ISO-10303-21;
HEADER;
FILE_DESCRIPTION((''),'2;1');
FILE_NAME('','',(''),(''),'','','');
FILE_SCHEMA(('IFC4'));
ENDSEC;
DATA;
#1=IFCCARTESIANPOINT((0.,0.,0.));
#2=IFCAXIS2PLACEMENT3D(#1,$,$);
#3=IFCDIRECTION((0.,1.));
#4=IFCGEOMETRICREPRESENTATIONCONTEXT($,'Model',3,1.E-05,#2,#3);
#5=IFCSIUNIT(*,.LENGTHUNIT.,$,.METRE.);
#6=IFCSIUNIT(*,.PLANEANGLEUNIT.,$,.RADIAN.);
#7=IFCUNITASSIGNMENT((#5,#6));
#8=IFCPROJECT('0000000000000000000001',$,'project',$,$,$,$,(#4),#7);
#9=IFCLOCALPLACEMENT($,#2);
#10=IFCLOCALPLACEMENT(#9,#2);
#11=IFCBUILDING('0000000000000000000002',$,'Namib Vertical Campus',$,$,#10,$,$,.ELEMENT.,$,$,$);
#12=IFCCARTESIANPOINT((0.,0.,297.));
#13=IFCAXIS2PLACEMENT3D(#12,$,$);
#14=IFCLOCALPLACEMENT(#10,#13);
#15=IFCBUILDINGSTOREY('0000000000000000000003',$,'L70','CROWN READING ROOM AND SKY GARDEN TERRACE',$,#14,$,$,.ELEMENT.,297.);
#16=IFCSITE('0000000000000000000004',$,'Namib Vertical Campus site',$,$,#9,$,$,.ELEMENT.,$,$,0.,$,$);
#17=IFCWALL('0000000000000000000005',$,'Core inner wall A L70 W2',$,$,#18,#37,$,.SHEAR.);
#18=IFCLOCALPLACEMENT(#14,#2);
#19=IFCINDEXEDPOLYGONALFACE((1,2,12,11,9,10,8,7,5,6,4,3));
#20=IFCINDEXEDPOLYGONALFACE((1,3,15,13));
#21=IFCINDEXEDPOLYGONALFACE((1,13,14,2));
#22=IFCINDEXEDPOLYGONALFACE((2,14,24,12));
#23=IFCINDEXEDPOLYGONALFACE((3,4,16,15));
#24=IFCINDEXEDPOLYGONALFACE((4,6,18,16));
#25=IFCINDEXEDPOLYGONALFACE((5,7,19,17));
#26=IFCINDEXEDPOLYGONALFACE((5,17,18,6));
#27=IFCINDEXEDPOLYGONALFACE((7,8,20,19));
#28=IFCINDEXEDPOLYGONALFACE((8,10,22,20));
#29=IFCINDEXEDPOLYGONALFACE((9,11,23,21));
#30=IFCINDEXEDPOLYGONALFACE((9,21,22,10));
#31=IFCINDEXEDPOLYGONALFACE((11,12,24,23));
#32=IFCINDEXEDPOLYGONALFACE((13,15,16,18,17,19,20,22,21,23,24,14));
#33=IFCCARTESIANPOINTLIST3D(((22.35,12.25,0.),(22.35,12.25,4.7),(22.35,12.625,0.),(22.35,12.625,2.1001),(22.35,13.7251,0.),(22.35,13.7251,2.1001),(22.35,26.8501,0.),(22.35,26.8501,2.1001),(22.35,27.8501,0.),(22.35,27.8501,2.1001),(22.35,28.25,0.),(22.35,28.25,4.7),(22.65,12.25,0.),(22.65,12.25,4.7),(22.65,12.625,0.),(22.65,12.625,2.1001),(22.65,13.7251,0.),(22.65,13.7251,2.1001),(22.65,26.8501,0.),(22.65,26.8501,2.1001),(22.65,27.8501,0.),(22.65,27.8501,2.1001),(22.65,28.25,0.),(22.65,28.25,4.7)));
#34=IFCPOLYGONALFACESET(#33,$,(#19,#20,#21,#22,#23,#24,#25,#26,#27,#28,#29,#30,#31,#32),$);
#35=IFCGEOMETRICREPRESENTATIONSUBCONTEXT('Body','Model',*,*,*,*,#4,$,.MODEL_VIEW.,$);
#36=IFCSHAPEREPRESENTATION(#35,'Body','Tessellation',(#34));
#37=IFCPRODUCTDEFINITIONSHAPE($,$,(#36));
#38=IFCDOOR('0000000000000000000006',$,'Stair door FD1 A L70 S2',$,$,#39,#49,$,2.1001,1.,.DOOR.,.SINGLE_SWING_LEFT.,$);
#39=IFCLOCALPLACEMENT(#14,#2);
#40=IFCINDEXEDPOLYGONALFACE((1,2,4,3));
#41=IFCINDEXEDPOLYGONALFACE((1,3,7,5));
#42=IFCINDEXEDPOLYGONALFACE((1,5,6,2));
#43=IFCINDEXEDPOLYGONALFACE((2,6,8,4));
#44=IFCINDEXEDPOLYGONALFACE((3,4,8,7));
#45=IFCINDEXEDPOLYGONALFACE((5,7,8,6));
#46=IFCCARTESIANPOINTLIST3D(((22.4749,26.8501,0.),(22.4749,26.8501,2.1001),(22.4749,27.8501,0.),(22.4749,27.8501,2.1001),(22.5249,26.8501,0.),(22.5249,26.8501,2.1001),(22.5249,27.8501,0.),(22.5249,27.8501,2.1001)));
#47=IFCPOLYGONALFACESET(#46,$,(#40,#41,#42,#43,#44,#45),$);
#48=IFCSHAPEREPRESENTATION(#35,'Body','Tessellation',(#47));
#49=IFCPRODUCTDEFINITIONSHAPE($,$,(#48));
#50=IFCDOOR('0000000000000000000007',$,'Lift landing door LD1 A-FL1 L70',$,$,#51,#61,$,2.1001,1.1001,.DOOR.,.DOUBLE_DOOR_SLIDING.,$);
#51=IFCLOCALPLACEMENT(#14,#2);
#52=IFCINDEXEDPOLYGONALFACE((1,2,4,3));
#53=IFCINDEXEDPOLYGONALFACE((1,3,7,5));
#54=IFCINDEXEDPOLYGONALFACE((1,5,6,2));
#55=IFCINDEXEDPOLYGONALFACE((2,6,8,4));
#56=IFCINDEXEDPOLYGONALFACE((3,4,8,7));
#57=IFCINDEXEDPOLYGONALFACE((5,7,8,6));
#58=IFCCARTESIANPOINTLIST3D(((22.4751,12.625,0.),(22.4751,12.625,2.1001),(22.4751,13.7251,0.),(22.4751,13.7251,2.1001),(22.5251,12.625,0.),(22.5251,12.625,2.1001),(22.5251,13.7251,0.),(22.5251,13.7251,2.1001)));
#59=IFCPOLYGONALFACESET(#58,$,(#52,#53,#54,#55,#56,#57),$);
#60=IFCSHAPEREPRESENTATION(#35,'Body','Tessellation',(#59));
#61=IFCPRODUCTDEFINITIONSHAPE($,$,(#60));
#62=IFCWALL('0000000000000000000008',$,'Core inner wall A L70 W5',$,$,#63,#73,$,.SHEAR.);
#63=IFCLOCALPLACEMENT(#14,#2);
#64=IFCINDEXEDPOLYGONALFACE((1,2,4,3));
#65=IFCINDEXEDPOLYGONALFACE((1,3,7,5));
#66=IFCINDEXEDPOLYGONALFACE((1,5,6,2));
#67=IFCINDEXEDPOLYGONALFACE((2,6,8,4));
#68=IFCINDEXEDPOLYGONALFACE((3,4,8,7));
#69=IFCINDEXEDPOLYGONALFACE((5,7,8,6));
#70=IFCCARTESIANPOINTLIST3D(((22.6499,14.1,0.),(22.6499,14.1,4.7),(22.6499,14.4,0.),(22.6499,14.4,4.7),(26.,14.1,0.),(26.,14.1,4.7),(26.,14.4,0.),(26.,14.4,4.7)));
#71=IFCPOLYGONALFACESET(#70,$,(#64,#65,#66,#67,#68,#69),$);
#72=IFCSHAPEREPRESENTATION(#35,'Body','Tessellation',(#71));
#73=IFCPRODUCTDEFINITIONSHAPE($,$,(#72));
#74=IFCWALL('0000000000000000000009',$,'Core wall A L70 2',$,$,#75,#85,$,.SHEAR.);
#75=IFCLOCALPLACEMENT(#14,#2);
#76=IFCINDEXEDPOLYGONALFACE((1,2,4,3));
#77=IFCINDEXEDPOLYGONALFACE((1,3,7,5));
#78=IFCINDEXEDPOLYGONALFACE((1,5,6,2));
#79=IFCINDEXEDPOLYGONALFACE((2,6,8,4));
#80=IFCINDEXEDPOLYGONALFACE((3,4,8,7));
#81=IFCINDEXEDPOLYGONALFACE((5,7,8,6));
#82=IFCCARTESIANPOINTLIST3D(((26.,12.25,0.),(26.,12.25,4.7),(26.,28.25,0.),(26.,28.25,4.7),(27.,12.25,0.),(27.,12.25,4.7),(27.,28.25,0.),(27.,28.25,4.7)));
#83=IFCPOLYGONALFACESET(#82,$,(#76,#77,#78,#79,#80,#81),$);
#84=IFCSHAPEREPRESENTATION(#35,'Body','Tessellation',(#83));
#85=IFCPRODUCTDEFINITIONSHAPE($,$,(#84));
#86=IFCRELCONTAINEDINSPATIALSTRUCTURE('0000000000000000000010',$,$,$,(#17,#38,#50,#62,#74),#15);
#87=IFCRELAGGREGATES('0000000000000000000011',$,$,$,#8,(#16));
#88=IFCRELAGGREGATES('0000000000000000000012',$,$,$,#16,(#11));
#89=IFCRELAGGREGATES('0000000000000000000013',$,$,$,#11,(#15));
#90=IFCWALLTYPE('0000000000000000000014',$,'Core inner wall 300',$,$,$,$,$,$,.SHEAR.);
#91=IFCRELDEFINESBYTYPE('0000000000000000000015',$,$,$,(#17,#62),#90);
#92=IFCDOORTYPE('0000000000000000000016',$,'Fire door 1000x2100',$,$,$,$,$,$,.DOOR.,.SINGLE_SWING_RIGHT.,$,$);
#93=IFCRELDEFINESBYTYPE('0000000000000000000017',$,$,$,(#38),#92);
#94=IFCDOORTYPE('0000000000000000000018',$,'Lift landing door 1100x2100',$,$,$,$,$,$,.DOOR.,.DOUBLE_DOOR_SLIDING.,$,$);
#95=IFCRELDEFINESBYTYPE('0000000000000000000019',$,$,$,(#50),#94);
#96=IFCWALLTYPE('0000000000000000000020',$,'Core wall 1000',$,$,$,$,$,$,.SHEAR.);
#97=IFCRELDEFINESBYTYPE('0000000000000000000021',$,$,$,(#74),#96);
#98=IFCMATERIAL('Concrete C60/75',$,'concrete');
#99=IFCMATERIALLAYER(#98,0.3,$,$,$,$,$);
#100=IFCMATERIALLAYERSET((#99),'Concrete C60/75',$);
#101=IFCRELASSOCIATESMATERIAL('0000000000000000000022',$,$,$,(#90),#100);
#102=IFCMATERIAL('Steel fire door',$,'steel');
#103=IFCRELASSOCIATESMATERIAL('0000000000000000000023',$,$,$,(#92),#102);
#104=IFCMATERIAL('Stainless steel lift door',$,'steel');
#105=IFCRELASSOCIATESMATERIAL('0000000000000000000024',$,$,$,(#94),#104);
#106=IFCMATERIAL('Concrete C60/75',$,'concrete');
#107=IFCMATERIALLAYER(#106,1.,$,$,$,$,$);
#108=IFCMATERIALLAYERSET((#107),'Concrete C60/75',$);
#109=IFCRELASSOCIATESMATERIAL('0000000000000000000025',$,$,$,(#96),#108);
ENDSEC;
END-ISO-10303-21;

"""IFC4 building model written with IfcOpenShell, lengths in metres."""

from ifc_helpers import new_model, si_unit, direction, frame, frame_2d, origin, place, context, subcontext, project, spatial, rectangle, extrude, material, layer, layer_set, type_object, element, fill, save


model = new_model("IFC4")

# Units and contexts
model_context = context("Model", 3, precision=1e-05, world=origin(), true_north=direction((0.0, 1.0)))
body_context = subcontext(model_context, "Body", "Model", "MODEL_VIEW")
ifc_project = project(units=[si_unit("LENGTHUNIT", "METRE"), si_unit("PLANEANGLEUNIT", "RADIAN")], contexts=[model_context])

# Site, building, storey
site_placement = place(None, origin())
site = spatial("IfcSite", under=ifc_project, at=site_placement, Name="Namib Vertical Campus site", CompositionType="ELEMENT", RefElevation=0.0)
building_placement = place(site_placement, origin())
building = spatial("IfcBuilding", under=site, at=building_placement, Name="Namib Vertical Campus", CompositionType="ELEMENT")
storey_placement = place(building_placement, frame((0.0, 0.0, 297.0)))
storey = spatial("IfcBuildingStorey", under=building, at=storey_placement, Name="L70", Description="CROWN READING ROOM AND SKY GARDEN TERRACE", CompositionType="ELEMENT", Elevation=297.0)

# Shared definitions
ifc_material_1 = material(Name="Concrete C60/75", Category="concrete")
ifc_layer_1 = layer(ifc_material_1, 0.3)
ifc_layer_set_1 = layer_set([ifc_layer_1], Name="Concrete C60/75")
wall_type_1 = type_object("IfcWallType", Name="Core inner wall 300", PredefinedType="SHEAR", material=ifc_layer_set_1)
ifc_material_2 = material(Name="Steel fire door", Category="steel")
door_type_1 = type_object("IfcDoorType", Name="Fire door 1000x2100", OperationType="SINGLE_SWING_RIGHT", PredefinedType="DOOR", material=ifc_material_2)

# Wall, openings, doors
wall_1_placement = place(storey_placement, frame((22.5, 12.25, 0.0), z_axis=(0.0, 0.0, 1.0), x_axis=(0.0, 1.0, 0.0)))
wall_1 = element("IfcWall", 1, at=wall_1_placement, inside=storey, type_object=wall_type_1, Name="Core inner wall A L70 W2", PredefinedType="SHEAR", context=body_context, shape_type="SweptSolid", body=[
    extrude(rectangle(XDim=16.0, YDim=0.3, at=frame_2d((8.0, 0.0))), origin(), (0.0, 0.0, 1.0), 4.7),
])
opening_1_placement = place(wall_1_placement, frame((14.6001, 0.0, 0.0)))
opening_1 = element("IfcOpeningElement", 2, at=opening_1_placement, cuts=wall_1, PredefinedType="OPENING", context=body_context, shape_type="SweptSolid", body=[
    extrude(rectangle(XDim=1.0, YDim=2.1001, at=frame_2d((0.5, 1.05))), frame((0.0, 0.1599, 0.0), z_axis=(0.0, -1.0, 0.0), x_axis=(1.0, 0.0, 0.0)), (0.0, 0.0, 1.0), 0.3201),
])
opening_2_placement = place(wall_1_placement, frame((0.375, 0.0, 0.0)))
opening_2 = element("IfcOpeningElement", 3, at=opening_2_placement, cuts=wall_1, PredefinedType="OPENING", context=body_context, shape_type="SweptSolid", body=[
    extrude(rectangle(XDim=1.1001, YDim=2.1001, at=frame_2d((0.55, 1.05))), frame((0.0, 0.1599, 0.0), z_axis=(0.0, -1.0, 0.0), x_axis=(1.0, 0.0, 0.0)), (0.0, 0.0, 1.0), 0.3201),
])
door_1_placement = place(opening_1_placement, frame((1.0, 0.0, 0.0), z_axis=(0.0, 0.0, 1.0), x_axis=(-1.0, 0.0, 0.0)))
door_1 = element("IfcDoor", 4, at=door_1_placement, inside=storey, type_object=door_type_1, Name="Stair door FD1 A L70 S2", OperationType="SINGLE_SWING_LEFT", OverallHeight=2.1001, OverallWidth=1.0, PredefinedType="DOOR", context=body_context, shape_type="SweptSolid", body=[
    extrude(rectangle(XDim=1.0, YDim=2.1001, at=frame_2d((0.5, 1.05))), frame((0.0, 0.0249, 0.0), z_axis=(0.0, -1.0, 0.0), x_axis=(1.0, 0.0, 0.0)), (0.0, 0.0, 1.0), 0.05),
])
fill(opening_1, door_1)
ifc_material_3 = material(Name="Stainless steel lift door", Category="steel")
door_type_2 = type_object("IfcDoorType", Name="Lift landing door 1100x2100", OperationType="DOUBLE_DOOR_SLIDING", PredefinedType="DOOR", material=ifc_material_3)
door_2_placement = place(opening_2_placement, origin())
door_2 = element("IfcDoor", 5, at=door_2_placement, inside=storey, type_object=door_type_2, Name="Lift landing door LD1 A-FL1 L70", OperationType="DOUBLE_DOOR_SLIDING", OverallHeight=2.1001, OverallWidth=1.1001, PredefinedType="DOOR", context=body_context, shape_type="SweptSolid", body=[
    extrude(rectangle(XDim=1.1001, YDim=2.1001, at=frame_2d((0.55, 1.05))), frame((0.0, 0.0249, 0.0), z_axis=(0.0, -1.0, 0.0), x_axis=(1.0, 0.0, 0.0)), (0.0, 0.0, 1.0), 0.05),
])
fill(opening_2, door_2)

# Walls
wall_2_placement = place(storey_placement, frame((22.6499, 14.25, 0.0), z_axis=(0.0, 0.0, 1.0), x_axis=(1.0, 0.0, 0.0)))
element("IfcWall", 6, at=wall_2_placement, inside=storey, type_object=wall_type_1, Name="Core inner wall A L70 W5", PredefinedType="SHEAR", context=body_context, shape_type="SweptSolid", body=[
    extrude(rectangle(XDim=3.3501, YDim=0.3, at=frame_2d((1.675, 0.0))), origin(), (0.0, 0.0, 1.0), 4.7),
])
ifc_material_4 = material(Name="Concrete C60/75", Category="concrete")
ifc_layer_2 = layer(ifc_material_4, 1.0)
ifc_layer_set_2 = layer_set([ifc_layer_2], Name="Concrete C60/75")
wall_type_2 = type_object("IfcWallType", Name="Core wall 1000", PredefinedType="SHEAR", material=ifc_layer_set_2)
wall_3_placement = place(storey_placement, frame((26.5, 12.25, 0.0), z_axis=(0.0, 0.0, 1.0), x_axis=(0.0, 1.0, 0.0)))
element("IfcWall", 7, at=wall_3_placement, inside=storey, type_object=wall_type_2, Name="Core wall A L70 2", PredefinedType="SHEAR", context=body_context, shape_type="SweptSolid", body=[
    extrude(rectangle(XDim=16.0, YDim=1.0, at=frame_2d((8.0, 0.0))), origin(), (0.0, 0.0, 1.0), 4.7),
])

save(model, "model.ifc")
